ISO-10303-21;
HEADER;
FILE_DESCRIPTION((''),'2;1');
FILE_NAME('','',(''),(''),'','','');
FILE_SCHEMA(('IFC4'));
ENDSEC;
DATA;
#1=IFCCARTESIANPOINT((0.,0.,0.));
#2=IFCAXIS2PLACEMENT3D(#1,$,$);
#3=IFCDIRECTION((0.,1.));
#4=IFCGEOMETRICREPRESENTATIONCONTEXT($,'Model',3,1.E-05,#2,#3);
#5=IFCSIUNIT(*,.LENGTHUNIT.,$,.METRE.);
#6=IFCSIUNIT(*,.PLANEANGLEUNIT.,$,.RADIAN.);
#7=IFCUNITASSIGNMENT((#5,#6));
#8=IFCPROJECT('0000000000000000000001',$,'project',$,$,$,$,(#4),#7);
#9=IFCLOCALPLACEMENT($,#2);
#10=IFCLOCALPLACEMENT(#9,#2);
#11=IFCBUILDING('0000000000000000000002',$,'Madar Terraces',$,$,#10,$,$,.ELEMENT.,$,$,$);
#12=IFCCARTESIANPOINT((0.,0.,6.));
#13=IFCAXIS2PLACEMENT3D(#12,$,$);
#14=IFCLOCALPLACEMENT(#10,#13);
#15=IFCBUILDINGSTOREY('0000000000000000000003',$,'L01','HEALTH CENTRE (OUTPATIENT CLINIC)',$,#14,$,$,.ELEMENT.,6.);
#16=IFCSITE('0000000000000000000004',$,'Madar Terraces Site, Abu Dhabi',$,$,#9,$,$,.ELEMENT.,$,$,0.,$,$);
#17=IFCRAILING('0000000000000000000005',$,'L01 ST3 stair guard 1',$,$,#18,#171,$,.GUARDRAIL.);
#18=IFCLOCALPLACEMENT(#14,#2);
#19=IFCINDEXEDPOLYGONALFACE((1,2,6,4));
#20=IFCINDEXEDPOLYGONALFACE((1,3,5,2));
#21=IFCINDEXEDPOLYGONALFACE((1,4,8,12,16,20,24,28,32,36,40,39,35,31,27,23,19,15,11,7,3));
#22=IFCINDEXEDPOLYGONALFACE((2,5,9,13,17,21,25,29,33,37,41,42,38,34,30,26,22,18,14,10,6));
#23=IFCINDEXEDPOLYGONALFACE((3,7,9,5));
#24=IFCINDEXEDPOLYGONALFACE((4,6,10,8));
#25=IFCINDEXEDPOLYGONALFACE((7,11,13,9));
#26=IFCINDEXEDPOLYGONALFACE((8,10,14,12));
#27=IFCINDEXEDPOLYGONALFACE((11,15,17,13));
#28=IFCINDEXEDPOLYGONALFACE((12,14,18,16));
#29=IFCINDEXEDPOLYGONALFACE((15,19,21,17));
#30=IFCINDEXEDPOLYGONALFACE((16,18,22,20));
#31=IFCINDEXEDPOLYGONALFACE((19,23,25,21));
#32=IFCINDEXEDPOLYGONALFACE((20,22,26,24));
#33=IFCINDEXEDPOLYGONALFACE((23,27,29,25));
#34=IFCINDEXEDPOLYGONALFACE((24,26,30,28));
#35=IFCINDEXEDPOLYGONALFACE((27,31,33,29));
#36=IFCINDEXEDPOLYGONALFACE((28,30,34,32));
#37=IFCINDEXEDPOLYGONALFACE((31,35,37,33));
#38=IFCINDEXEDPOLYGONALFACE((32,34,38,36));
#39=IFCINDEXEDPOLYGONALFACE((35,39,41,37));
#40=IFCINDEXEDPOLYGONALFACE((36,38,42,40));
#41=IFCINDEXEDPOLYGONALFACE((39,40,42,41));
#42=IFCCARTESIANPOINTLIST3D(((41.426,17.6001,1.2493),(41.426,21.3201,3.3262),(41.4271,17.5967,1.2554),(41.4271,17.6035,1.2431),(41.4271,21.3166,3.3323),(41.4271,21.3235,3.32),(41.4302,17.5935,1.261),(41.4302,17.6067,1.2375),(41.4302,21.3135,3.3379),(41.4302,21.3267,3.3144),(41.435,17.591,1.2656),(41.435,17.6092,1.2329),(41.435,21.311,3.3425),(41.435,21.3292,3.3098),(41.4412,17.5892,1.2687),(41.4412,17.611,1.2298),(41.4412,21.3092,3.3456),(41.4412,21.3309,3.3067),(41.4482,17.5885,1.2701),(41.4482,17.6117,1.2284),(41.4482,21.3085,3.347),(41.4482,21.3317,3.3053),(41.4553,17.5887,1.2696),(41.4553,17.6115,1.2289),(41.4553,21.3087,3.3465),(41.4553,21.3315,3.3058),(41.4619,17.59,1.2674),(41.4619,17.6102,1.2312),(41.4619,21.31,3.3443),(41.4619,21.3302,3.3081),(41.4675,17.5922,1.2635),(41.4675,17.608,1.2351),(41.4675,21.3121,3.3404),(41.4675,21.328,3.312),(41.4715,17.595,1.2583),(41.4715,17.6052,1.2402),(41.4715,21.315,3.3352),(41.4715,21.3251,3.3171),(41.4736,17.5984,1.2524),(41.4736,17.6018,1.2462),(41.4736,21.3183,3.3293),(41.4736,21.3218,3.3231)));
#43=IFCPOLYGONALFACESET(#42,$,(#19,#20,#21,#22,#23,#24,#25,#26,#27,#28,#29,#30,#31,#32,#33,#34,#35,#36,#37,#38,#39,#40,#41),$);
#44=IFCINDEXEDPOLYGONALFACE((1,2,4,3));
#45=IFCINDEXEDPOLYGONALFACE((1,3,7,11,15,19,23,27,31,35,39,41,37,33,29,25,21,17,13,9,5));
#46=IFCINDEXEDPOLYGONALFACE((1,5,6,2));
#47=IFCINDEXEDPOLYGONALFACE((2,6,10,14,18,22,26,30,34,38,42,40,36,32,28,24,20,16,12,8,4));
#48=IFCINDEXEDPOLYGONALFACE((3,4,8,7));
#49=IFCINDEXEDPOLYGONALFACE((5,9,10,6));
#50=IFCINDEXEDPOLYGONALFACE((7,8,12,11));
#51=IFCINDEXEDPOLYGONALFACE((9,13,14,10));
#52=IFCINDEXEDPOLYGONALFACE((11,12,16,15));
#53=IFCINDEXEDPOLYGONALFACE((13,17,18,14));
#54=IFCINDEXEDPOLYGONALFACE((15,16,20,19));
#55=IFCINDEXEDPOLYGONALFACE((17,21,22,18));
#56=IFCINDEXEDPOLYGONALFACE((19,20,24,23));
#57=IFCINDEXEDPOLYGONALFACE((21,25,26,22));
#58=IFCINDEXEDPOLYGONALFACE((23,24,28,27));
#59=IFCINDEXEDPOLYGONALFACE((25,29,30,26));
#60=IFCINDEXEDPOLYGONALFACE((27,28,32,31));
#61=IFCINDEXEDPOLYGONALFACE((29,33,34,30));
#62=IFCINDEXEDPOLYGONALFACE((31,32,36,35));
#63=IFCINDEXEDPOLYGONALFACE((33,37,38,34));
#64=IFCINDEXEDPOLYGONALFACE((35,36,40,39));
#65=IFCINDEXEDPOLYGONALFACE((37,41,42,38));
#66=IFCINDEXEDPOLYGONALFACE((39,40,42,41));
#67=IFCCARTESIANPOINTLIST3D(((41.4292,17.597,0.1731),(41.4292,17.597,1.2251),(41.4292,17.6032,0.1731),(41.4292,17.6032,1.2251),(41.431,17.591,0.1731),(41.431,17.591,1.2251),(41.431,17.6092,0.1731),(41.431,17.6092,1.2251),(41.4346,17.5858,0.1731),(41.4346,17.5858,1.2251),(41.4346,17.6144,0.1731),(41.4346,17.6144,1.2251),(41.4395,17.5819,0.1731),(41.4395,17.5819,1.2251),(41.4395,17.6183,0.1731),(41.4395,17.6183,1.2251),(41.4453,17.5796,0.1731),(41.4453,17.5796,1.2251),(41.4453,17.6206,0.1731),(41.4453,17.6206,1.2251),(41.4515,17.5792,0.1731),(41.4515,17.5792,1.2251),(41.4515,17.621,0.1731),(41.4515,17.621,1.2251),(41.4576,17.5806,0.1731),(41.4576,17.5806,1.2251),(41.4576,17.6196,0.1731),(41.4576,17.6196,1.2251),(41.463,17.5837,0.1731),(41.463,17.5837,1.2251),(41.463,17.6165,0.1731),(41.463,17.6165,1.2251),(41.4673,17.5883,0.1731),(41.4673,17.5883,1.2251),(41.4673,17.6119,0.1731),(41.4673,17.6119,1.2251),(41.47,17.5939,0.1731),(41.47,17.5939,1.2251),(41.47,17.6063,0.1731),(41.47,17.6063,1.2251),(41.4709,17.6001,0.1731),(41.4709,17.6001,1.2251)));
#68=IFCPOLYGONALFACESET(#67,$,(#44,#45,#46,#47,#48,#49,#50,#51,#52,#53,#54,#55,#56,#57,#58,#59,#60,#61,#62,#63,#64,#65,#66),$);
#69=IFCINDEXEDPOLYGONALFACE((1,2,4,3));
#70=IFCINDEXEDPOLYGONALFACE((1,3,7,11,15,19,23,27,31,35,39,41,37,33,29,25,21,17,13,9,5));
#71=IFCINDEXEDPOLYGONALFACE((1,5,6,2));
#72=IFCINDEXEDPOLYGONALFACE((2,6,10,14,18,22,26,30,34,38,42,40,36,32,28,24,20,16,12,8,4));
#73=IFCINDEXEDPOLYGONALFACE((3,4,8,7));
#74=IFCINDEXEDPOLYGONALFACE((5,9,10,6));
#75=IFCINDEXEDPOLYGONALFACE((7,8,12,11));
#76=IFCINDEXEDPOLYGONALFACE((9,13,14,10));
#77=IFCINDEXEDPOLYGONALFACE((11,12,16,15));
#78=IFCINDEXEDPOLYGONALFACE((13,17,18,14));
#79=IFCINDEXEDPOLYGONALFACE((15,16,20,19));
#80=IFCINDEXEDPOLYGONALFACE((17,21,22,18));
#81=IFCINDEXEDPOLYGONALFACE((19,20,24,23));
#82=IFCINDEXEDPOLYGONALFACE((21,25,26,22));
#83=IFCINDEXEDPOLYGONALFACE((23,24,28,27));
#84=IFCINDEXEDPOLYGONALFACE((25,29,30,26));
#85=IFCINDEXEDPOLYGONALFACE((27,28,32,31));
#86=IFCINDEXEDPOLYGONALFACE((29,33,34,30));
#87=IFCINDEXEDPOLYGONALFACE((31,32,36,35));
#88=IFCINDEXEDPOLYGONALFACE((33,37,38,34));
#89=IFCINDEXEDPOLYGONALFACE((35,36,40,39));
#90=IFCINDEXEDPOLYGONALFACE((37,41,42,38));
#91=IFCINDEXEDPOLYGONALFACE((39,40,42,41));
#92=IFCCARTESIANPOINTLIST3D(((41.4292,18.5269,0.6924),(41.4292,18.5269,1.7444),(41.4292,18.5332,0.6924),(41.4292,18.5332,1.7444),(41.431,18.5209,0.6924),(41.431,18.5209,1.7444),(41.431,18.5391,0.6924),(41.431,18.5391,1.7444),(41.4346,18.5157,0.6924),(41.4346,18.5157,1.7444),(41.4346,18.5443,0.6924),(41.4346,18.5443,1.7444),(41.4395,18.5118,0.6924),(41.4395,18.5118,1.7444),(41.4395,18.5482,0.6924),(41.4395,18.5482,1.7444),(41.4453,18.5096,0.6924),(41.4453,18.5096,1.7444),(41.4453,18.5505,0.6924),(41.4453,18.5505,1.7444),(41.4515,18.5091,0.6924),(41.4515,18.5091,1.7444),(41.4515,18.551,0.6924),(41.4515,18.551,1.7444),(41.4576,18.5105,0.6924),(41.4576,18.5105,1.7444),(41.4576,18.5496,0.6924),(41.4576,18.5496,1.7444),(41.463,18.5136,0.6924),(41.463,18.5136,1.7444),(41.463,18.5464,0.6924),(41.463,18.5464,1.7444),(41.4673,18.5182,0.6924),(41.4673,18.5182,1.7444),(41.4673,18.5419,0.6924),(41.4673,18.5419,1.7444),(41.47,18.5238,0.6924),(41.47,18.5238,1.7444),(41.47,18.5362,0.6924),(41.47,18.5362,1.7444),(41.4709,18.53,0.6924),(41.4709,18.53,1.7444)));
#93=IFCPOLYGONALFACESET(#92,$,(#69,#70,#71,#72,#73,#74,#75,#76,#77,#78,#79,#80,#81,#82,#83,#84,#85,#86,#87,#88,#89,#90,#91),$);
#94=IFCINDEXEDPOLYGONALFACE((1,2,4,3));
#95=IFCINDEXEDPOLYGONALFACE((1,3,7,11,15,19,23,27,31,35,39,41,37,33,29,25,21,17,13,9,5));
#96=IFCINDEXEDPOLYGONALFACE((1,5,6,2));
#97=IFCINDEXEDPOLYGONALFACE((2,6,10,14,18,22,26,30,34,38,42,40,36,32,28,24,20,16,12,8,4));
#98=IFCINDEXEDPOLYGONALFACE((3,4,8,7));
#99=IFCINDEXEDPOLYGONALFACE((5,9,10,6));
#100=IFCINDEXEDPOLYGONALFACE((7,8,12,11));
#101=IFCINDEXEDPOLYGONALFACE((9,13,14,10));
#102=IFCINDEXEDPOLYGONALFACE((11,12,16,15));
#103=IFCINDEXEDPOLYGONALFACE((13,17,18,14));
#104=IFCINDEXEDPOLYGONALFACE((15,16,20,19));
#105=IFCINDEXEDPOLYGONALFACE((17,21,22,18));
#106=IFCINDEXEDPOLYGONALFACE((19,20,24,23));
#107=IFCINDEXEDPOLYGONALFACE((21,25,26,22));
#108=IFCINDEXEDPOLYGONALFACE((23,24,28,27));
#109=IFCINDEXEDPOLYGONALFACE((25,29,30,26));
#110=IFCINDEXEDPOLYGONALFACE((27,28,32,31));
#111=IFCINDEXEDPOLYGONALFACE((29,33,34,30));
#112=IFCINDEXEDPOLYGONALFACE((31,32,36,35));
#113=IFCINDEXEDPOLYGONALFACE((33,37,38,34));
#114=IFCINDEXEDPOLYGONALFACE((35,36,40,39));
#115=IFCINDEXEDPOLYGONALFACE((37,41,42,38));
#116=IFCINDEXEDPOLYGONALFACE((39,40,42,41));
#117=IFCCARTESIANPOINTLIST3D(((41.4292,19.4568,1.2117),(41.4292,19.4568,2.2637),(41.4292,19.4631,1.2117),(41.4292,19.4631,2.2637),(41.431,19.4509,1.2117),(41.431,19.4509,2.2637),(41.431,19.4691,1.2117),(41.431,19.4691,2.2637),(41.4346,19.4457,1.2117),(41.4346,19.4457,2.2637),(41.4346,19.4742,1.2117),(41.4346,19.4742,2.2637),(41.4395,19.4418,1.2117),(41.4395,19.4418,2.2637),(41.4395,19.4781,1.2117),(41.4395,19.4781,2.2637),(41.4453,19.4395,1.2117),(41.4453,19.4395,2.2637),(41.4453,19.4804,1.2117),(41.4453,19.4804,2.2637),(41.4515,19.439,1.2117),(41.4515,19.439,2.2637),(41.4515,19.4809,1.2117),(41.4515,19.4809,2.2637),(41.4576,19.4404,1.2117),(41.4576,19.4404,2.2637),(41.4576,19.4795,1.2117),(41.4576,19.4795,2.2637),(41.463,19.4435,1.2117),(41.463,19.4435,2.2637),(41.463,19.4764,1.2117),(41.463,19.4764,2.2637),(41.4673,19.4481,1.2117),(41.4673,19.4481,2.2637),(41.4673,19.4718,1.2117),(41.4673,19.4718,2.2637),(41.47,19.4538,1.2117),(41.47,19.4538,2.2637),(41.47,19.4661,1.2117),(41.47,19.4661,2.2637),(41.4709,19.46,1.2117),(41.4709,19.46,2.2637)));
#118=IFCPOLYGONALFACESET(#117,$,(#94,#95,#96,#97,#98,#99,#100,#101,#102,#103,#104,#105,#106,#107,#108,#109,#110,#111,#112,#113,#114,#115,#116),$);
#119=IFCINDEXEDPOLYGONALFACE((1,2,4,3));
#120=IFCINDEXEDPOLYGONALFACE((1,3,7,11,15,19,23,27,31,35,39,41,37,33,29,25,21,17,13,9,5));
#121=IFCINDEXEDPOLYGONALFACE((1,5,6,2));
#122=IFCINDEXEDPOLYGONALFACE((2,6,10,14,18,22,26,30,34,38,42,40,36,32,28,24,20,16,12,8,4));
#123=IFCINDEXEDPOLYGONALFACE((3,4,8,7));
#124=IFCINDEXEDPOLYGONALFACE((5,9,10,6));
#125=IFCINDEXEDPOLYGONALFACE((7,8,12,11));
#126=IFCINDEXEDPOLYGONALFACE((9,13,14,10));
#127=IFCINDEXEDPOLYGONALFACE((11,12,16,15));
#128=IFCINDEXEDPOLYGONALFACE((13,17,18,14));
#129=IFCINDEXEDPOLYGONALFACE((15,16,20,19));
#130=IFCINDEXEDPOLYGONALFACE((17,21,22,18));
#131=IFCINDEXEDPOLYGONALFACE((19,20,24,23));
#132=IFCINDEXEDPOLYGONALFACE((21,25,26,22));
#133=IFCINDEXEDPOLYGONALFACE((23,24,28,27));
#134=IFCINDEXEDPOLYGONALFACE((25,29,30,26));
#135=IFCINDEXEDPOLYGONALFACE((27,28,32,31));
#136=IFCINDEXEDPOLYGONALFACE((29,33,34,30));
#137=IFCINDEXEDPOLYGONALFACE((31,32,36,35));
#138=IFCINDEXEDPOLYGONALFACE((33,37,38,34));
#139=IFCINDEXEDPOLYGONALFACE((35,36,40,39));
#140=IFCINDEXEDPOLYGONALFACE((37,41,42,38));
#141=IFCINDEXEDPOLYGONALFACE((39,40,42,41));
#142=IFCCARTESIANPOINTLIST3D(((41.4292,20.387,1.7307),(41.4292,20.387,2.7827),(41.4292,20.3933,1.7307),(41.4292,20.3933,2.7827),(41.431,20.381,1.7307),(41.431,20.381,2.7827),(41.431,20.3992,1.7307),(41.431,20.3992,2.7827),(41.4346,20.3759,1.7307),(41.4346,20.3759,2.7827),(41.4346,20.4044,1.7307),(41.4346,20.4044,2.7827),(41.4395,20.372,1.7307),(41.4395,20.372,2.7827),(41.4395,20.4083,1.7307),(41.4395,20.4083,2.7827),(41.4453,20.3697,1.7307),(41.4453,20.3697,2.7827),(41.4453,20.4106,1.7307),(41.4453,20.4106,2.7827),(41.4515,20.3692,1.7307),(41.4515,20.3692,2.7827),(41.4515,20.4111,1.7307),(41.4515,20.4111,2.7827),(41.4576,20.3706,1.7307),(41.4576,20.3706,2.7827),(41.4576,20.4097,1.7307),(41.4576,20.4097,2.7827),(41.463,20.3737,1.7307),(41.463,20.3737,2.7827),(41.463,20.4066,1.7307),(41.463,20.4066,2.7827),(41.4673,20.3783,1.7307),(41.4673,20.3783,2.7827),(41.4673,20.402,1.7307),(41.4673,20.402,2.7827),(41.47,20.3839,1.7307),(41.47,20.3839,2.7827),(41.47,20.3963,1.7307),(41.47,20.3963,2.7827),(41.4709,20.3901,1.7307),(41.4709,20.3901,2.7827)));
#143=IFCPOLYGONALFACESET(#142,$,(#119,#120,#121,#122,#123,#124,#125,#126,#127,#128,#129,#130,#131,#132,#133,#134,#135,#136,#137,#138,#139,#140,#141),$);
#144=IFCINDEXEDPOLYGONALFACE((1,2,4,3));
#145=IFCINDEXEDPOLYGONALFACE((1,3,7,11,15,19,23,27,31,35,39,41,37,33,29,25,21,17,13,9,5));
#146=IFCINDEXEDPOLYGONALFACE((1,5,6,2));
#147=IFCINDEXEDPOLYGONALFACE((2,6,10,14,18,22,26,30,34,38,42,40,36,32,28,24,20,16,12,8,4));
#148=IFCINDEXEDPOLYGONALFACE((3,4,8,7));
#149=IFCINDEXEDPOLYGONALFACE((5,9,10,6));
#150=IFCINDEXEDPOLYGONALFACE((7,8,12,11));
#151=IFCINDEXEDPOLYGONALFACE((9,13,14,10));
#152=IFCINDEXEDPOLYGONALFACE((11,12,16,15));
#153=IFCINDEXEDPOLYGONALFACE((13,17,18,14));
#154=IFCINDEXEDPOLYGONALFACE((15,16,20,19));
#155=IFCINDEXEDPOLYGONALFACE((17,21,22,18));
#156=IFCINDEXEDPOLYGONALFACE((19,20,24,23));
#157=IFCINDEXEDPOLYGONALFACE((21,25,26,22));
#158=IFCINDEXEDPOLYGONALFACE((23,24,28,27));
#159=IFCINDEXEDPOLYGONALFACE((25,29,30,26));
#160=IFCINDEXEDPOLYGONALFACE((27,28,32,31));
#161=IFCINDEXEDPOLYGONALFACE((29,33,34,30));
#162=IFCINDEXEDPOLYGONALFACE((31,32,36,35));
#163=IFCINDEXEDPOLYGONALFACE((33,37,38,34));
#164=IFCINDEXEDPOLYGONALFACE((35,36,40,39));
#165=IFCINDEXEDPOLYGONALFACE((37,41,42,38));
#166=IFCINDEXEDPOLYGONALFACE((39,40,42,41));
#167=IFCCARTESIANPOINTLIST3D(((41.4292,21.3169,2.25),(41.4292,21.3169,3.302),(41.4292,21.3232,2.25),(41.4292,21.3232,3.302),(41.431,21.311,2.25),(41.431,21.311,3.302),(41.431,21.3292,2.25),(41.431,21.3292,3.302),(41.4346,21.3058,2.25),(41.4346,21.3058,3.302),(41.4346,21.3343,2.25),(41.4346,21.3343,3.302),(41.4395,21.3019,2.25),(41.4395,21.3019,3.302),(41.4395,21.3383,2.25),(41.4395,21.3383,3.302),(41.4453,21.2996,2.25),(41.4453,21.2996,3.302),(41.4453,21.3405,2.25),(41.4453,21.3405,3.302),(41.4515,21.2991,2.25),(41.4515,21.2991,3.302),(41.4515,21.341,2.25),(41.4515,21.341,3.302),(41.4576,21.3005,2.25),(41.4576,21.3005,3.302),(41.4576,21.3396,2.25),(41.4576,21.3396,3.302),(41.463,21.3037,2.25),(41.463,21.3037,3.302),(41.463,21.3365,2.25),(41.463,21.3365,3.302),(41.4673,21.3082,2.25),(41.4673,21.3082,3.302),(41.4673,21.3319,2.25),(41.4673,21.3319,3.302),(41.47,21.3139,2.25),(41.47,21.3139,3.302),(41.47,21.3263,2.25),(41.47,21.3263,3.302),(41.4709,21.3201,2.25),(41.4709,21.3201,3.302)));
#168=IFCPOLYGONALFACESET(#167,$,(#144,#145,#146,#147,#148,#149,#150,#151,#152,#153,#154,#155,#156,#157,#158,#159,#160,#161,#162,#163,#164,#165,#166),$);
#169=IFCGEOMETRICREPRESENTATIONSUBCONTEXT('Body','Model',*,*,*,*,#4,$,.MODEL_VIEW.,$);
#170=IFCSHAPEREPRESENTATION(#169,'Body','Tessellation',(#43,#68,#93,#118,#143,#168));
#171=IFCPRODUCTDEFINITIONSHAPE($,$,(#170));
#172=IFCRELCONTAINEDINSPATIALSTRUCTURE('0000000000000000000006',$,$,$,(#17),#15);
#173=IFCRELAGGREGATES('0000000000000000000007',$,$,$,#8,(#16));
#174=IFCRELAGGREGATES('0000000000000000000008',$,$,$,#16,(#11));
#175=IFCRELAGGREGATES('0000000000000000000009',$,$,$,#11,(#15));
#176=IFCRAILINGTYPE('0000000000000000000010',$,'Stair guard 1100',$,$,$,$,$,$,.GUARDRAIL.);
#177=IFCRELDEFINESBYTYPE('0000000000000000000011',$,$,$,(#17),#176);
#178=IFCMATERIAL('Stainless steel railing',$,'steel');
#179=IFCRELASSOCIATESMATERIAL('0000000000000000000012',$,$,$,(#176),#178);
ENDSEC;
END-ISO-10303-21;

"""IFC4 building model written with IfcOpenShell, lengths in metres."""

from ifc_helpers import new_model, si_unit, direction, frame, origin, origin_2d, place, context, subcontext, project, spatial, circle, extrude, material, type_object, element, save


model = new_model("IFC4")

# Units and contexts
model_context = context("Model", 3, precision=1e-05, world=origin(), true_north=direction((0.0, 1.0)))
body_context = subcontext(model_context, "Body", "Model", "MODEL_VIEW")
ifc_project = project(units=[si_unit("LENGTHUNIT", "METRE"), si_unit("PLANEANGLEUNIT", "RADIAN")], contexts=[model_context])

# Site, building, storey
site_placement = place(None, origin())
site = spatial("IfcSite", under=ifc_project, at=site_placement, Name="Madar Terraces Site, Abu Dhabi", CompositionType="ELEMENT", RefElevation=0.0)
building_placement = place(site_placement, origin())
building = spatial("IfcBuilding", under=site, at=building_placement, Name="Madar Terraces", CompositionType="ELEMENT")
storey_placement = place(building_placement, frame((0.0, 0.0, 6.0)))
storey = spatial("IfcBuildingStorey", under=building, at=storey_placement, Name="L01", Description="HEALTH CENTRE (OUTPATIENT CLINIC)", CompositionType="ELEMENT", Elevation=6.0)

# Railing
ifc_material_1 = material(Name="Stainless steel railing", Category="steel")
railing_type = type_object("IfcRailingType", Name="Stair guard 1100", PredefinedType="GUARDRAIL", material=ifc_material_1)
railing_1_placement = place(storey_placement, frame((41.45, 17.6001, 0.1731)))
element("IfcRailing", 1, at=railing_1_placement, inside=storey, type_object=railing_type, Name="L01 ST3 stair guard 1", PredefinedType="GUARDRAIL", context=body_context, shape_type="SweptSolid", body=[
    extrude(circle(Radius=0.0239, at=origin_2d()), frame((0.0, 0.0, 1.0762), z_axis=(0.0, 0.873134, 0.487481), x_axis=(-1.0, 0.0, 0.0)), (0.0, 0.0, 1.0), 4.2605),
    extrude(circle(Radius=0.021, at=origin_2d()), origin(), (0.0, 0.0, 1.0), 1.052),
    extrude(circle(Radius=0.021, at=origin_2d()), frame((0.0, 0.9299, 0.5193)), (0.0, 0.0, 1.0), 1.052),
    extrude(circle(Radius=0.021, at=origin_2d()), frame((0.0, 1.8599, 1.0386)), (0.0, 0.0, 1.0), 1.052),
    extrude(circle(Radius=0.021, at=origin_2d()), frame((0.0, 2.79, 1.5576)), (0.0, 0.0, 1.0), 1.052),
    extrude(circle(Radius=0.021, at=origin_2d()), frame((0.0, 3.72, 2.0769)), (0.0, 0.0, 1.0), 1.052),
])

save(model, "model.ifc")
